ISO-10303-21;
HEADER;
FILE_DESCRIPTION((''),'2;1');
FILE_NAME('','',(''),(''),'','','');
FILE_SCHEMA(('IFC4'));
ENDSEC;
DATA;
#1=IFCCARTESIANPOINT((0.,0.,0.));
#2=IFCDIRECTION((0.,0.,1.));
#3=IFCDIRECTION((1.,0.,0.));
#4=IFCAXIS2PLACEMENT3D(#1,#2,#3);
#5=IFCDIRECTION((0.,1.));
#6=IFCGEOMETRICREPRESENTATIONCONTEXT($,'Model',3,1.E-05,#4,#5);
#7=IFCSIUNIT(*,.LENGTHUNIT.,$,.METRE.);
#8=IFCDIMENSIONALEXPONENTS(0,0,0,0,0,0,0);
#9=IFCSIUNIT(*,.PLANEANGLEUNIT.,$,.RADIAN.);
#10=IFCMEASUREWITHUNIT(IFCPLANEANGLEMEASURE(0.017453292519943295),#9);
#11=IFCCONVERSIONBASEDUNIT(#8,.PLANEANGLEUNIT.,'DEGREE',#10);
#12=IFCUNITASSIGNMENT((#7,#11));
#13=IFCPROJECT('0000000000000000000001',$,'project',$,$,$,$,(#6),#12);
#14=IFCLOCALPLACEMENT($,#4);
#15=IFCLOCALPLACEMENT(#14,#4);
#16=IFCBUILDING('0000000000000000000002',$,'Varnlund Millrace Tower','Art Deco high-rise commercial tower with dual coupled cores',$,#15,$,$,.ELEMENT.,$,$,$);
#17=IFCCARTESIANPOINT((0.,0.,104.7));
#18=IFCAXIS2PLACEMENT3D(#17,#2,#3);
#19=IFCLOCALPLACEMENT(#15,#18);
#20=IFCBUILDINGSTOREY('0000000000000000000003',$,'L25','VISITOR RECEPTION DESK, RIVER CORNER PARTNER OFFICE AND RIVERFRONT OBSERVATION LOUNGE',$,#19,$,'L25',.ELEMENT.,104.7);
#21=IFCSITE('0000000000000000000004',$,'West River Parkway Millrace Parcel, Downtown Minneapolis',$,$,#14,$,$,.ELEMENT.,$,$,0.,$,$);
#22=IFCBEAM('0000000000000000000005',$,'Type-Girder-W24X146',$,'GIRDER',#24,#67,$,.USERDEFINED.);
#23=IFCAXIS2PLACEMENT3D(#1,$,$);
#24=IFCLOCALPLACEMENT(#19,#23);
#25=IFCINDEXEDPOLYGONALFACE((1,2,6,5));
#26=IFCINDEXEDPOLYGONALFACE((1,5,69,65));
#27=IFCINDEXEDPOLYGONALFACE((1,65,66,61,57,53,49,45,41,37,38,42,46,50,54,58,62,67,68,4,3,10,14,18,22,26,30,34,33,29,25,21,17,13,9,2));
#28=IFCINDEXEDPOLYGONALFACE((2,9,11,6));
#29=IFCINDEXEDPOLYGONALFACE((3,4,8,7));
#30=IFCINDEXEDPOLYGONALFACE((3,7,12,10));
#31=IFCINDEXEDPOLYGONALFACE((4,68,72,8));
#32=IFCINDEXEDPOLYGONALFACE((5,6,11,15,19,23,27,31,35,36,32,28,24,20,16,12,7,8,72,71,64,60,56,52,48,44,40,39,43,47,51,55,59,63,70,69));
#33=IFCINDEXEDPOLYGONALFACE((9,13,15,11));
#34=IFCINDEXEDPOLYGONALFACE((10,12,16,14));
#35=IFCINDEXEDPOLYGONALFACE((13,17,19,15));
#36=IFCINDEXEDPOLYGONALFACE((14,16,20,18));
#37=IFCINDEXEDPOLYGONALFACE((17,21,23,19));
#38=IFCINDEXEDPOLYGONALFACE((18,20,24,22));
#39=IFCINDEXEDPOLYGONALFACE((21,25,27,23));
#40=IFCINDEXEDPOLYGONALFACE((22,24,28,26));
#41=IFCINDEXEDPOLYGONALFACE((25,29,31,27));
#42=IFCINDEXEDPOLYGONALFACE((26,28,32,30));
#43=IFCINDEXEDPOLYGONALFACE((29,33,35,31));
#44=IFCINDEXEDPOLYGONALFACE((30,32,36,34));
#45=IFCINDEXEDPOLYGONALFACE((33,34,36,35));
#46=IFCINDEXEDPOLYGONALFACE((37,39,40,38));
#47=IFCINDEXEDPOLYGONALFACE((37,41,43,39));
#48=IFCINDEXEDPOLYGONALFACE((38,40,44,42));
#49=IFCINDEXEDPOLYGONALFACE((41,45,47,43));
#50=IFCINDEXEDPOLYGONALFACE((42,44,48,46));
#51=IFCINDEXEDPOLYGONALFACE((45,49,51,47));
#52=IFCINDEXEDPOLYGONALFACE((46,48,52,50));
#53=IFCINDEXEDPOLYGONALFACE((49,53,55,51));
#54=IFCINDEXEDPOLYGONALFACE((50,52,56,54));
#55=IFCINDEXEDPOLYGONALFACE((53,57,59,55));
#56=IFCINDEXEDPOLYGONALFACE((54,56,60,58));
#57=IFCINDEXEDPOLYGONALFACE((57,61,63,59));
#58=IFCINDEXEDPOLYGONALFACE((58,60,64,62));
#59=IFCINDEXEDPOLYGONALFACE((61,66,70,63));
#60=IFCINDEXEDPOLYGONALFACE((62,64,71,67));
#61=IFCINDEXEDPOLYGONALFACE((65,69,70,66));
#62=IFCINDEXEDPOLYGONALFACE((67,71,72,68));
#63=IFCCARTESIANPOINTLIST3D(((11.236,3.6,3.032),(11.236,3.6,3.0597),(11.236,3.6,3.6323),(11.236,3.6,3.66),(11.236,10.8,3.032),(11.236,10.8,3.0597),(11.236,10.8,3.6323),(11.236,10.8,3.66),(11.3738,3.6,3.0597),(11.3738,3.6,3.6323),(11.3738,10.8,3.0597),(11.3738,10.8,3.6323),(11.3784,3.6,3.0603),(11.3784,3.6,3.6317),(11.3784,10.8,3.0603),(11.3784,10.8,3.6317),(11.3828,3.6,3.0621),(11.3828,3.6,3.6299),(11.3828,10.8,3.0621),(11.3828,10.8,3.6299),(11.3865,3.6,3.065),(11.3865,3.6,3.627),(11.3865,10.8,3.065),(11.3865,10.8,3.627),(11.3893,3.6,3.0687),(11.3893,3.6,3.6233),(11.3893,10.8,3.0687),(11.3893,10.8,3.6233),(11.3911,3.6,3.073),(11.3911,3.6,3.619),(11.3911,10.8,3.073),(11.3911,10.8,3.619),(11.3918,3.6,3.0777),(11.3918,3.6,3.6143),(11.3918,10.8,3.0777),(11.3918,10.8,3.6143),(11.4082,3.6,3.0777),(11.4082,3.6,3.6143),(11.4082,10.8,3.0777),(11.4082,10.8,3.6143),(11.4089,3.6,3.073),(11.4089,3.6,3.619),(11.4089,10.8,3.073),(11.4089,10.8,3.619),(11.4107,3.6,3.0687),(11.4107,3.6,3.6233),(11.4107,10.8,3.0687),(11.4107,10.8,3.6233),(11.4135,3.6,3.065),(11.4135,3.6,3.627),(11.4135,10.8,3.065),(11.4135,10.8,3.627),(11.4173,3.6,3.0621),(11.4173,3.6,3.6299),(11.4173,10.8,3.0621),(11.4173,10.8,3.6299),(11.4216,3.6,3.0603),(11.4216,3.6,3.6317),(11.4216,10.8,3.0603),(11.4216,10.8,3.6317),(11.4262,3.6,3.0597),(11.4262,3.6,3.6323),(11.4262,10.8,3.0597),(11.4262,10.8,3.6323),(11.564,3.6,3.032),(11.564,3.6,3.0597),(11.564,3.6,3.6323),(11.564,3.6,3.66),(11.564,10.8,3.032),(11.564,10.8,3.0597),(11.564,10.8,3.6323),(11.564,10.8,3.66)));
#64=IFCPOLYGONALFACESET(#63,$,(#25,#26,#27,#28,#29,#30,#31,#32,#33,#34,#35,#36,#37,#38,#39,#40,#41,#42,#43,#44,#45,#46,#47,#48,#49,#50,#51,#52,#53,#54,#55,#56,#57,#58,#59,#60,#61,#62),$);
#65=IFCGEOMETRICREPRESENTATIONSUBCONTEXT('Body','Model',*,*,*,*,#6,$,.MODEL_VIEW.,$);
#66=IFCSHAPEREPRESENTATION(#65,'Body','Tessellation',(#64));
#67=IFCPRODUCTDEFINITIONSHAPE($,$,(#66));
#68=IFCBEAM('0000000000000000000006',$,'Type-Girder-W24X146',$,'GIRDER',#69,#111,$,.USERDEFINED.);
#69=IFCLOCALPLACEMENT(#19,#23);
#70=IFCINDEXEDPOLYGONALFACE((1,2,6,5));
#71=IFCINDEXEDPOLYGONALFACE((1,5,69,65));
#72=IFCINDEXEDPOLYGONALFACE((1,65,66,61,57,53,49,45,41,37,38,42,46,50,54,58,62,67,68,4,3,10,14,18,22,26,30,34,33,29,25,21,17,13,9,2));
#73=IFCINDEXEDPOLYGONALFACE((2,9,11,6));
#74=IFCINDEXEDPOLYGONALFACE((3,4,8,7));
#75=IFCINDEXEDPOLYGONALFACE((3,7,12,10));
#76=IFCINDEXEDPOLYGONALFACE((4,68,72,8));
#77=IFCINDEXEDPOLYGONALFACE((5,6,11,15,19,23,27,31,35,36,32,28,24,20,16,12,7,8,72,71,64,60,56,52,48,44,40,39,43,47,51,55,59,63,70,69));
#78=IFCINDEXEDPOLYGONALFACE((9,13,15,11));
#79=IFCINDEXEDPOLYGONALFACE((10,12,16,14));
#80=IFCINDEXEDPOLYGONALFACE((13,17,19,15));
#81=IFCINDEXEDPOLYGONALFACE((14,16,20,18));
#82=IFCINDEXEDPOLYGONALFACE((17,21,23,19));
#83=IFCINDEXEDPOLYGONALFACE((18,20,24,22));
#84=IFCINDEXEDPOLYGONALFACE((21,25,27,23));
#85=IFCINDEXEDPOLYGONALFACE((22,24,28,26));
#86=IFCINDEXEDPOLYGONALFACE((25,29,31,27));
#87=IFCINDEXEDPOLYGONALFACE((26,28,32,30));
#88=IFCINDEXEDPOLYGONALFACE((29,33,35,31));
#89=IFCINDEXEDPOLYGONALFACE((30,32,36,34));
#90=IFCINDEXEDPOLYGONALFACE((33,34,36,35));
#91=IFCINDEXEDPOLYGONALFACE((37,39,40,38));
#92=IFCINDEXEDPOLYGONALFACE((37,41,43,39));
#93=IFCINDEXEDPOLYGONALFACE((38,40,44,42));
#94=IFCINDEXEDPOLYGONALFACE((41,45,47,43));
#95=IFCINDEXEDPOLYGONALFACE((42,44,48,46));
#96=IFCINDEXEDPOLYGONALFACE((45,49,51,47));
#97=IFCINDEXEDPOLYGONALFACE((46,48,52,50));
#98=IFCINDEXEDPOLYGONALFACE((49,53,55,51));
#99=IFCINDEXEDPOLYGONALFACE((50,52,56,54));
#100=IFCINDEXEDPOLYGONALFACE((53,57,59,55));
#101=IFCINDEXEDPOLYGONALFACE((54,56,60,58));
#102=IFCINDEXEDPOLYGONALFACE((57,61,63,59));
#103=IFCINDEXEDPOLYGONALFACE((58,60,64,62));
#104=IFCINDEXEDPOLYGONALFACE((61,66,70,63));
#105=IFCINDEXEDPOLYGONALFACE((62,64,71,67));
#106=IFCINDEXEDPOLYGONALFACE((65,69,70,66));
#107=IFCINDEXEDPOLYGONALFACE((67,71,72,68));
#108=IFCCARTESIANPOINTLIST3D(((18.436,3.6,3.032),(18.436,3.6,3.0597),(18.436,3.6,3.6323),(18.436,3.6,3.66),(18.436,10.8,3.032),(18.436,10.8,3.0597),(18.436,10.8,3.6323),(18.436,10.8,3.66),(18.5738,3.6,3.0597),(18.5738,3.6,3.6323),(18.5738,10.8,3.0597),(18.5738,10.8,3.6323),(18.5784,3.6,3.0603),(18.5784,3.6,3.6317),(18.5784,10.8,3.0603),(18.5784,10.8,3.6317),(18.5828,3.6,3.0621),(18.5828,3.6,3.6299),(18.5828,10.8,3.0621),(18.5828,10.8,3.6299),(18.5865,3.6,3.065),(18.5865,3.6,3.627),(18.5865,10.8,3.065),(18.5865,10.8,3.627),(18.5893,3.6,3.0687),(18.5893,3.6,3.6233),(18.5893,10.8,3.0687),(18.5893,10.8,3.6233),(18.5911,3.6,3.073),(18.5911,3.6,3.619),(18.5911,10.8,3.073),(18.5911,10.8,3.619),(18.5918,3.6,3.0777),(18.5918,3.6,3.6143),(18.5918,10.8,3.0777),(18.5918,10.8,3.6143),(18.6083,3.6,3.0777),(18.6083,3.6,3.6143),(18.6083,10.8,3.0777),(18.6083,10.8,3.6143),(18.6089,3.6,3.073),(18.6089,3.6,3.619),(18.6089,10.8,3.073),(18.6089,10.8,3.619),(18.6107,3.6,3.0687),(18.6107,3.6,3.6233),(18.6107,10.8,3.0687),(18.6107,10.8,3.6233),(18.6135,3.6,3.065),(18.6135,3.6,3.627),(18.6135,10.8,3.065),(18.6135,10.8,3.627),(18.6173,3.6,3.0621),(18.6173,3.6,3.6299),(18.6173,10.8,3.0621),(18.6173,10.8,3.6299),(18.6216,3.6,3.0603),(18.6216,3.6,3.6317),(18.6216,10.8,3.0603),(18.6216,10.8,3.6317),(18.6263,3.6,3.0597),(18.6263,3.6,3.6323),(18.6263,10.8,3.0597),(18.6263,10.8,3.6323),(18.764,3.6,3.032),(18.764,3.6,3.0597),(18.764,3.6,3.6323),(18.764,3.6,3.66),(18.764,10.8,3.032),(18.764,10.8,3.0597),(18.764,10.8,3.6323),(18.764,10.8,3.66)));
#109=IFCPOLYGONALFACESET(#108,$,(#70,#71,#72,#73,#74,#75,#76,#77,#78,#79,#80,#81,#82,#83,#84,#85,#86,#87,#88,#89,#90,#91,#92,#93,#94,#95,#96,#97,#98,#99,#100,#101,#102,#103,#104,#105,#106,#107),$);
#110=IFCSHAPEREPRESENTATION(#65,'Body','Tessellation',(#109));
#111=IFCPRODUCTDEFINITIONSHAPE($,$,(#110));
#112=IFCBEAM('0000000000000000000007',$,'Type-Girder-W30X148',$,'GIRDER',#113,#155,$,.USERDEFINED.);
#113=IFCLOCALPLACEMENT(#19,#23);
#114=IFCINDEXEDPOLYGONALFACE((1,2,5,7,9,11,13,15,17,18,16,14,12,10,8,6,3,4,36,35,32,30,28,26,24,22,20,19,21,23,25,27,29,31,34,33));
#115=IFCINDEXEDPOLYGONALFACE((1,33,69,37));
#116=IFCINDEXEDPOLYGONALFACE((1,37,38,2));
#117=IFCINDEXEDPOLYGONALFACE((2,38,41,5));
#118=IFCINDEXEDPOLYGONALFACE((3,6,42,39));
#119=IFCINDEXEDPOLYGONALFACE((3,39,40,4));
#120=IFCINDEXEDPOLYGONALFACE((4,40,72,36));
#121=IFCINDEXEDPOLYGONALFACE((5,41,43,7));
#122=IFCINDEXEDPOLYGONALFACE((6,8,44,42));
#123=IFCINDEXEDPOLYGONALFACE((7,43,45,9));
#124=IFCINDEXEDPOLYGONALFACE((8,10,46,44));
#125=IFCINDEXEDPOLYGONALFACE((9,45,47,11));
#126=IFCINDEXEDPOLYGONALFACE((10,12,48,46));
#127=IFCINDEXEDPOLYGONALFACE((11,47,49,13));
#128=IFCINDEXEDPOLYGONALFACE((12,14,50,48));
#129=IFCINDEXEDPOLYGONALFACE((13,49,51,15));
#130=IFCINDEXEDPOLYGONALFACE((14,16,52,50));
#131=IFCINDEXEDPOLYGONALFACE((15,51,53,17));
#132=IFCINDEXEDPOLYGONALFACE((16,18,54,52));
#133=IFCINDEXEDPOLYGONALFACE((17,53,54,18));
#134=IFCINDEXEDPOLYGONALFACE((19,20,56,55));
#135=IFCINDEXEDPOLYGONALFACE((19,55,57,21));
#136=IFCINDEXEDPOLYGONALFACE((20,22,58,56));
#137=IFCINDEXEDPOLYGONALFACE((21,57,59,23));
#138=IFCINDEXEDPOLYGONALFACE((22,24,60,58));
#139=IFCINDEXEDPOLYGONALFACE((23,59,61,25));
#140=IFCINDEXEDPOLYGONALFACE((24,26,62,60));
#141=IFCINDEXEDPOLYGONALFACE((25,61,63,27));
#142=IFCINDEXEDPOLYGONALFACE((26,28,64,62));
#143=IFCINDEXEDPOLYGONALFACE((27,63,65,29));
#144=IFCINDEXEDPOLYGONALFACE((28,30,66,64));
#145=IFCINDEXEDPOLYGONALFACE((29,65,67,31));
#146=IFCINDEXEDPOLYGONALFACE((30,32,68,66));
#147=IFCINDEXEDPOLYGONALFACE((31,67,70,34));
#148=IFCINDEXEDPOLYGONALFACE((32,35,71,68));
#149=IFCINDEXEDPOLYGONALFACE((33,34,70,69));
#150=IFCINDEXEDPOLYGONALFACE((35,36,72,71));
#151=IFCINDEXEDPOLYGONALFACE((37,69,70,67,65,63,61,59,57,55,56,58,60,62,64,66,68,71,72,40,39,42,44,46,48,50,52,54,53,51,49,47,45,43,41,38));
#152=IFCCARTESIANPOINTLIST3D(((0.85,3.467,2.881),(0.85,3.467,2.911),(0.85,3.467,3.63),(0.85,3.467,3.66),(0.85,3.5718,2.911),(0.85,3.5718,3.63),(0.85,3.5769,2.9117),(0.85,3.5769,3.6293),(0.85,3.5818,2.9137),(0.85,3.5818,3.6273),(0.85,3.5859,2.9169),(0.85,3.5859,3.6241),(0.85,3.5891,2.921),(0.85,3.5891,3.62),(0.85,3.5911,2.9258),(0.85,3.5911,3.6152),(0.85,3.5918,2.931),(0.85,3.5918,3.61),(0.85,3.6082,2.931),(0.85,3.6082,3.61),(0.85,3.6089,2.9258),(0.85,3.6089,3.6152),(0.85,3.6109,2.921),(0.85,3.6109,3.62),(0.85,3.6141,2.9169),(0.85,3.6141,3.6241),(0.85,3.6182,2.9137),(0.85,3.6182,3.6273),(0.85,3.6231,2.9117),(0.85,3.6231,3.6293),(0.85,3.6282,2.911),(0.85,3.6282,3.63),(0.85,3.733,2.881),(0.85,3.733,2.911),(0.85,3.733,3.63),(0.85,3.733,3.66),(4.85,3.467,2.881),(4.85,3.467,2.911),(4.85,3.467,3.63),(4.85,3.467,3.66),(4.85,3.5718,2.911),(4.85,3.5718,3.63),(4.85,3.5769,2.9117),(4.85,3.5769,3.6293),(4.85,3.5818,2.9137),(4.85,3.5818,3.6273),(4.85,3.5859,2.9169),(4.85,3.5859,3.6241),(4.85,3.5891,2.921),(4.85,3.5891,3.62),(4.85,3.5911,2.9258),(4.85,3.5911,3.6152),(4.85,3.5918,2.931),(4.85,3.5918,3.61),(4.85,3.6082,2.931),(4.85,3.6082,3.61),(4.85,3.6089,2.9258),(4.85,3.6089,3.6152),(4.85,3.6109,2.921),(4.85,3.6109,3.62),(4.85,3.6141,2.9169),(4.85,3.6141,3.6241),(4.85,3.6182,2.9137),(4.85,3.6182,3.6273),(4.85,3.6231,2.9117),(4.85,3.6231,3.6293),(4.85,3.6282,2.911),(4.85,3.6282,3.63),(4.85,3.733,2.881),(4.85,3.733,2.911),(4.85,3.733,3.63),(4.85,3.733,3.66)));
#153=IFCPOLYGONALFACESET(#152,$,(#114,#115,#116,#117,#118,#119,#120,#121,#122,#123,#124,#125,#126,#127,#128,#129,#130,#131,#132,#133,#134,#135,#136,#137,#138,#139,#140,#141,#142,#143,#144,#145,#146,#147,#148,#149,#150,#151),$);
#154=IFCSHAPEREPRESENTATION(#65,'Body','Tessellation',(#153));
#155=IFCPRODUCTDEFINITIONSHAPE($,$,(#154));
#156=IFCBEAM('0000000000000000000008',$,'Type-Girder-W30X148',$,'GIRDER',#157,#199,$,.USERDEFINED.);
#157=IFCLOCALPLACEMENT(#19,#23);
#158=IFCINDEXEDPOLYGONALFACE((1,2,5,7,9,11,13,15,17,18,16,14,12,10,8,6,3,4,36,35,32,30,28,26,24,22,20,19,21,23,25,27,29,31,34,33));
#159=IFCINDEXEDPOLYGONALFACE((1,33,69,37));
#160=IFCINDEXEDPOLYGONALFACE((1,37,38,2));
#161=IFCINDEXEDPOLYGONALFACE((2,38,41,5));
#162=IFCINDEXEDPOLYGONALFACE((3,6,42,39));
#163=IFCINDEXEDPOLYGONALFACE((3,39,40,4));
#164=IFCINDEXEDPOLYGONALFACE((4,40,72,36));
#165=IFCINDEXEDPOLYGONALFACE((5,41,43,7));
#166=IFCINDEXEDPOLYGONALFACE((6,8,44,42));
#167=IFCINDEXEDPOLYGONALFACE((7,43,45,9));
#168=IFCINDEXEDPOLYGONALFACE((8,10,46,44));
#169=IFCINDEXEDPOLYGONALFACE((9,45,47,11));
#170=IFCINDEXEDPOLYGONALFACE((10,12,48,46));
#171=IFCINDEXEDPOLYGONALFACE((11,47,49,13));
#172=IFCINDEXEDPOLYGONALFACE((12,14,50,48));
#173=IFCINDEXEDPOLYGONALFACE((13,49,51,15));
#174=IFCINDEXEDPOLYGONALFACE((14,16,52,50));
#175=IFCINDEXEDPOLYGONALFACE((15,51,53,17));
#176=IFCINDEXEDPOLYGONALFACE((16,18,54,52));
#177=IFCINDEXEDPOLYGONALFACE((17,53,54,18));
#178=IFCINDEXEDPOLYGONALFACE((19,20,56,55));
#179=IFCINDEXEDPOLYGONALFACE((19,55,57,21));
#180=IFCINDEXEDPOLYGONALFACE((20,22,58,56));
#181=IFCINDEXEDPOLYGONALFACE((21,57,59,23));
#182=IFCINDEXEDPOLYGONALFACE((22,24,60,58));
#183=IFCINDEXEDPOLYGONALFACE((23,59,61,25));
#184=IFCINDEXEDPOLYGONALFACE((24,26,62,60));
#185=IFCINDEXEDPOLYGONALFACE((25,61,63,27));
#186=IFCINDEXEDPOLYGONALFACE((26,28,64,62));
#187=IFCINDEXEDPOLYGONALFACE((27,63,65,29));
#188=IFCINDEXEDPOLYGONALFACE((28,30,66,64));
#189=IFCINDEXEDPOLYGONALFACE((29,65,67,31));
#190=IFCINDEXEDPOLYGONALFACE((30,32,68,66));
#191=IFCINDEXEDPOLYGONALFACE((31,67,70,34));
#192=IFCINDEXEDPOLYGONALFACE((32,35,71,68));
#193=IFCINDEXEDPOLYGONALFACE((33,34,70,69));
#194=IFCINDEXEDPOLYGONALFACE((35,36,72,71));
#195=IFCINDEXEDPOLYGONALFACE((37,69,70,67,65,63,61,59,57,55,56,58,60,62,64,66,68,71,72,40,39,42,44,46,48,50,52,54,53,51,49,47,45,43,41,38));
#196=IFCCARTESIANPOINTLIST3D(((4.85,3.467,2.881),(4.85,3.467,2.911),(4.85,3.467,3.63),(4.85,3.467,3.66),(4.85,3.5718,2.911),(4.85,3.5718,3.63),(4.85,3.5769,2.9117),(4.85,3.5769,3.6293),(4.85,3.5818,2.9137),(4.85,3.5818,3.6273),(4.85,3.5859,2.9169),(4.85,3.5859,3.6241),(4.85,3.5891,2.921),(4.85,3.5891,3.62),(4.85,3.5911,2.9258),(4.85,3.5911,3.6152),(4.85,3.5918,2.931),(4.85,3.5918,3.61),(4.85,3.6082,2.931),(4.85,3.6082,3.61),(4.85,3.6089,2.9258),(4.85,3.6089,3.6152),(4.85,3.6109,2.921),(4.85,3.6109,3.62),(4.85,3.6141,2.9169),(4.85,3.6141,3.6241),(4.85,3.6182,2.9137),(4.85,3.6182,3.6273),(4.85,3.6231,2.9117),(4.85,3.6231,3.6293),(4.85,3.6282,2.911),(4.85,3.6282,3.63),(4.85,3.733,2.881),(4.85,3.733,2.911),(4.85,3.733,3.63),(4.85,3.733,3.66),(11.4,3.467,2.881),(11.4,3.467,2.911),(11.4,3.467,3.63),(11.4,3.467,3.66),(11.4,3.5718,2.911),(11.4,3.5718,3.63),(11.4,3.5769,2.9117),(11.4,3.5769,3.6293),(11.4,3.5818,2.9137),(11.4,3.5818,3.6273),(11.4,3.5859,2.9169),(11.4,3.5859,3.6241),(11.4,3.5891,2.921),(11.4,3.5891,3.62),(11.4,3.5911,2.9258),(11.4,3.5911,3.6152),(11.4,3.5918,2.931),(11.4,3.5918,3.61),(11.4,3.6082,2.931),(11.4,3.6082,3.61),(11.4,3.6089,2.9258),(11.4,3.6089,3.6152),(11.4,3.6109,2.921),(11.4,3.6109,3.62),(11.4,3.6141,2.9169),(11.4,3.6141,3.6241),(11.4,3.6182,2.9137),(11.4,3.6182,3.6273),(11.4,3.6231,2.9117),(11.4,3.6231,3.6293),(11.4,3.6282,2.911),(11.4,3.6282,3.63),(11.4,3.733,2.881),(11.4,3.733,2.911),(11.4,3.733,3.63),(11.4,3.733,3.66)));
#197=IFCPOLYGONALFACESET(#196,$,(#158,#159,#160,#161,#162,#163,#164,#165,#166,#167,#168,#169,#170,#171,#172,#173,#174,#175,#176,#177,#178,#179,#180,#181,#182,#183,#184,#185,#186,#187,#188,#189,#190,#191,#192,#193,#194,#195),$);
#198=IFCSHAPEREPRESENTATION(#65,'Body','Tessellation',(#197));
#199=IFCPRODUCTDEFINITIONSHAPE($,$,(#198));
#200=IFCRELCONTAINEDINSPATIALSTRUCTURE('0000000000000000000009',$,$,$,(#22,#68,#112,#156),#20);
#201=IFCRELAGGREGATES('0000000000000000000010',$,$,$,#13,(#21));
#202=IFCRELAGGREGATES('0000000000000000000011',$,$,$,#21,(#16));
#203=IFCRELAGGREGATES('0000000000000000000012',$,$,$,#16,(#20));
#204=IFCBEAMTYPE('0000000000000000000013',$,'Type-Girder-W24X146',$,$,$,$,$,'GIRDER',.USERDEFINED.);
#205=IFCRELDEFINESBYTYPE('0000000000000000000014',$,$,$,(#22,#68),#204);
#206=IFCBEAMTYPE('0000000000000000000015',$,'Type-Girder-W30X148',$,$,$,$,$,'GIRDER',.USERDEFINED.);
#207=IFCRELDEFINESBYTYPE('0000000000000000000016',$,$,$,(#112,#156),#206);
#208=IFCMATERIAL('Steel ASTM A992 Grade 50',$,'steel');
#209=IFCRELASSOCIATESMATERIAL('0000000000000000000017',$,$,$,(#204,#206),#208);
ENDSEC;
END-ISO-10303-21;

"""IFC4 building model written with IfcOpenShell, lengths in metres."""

from ifc_helpers import new_model, entity, si_unit, converted_unit, direction, frame, origin_with_axes, origin_2d_with_axis, place, context, subcontext, project, spatial, i_section, extrude, material, material_profile, profile_set, type_object, element, save


model = new_model("IFC4")

# Units and contexts
model_context = context("Model", 3, precision=1e-05, world=origin_with_axes(), true_north=direction((0.0, 1.0)))
body_context = subcontext(model_context, "Body", "Model", "MODEL_VIEW")
ifc_project = project(units=[si_unit("LENGTHUNIT", "METRE"), converted_unit("PLANEANGLEUNIT", "DEGREE", entity("IfcPlaneAngleMeasure", 0.017453292519943295), si_unit("PLANEANGLEUNIT", "RADIAN"), dimensions=[0, 0, 0, 0, 0, 0, 0])], contexts=[model_context])

# Site, building, storey
site_placement = place(None, origin_with_axes())
site = spatial("IfcSite", under=ifc_project, at=site_placement, Name="West River Parkway Millrace Parcel, Downtown Minneapolis", CompositionType="ELEMENT", RefElevation=0.0)
building_placement = place(site_placement, origin_with_axes())
building = spatial("IfcBuilding", under=site, at=building_placement, Name="Varnlund Millrace Tower", Description="Art Deco high-rise commercial tower with dual coupled cores", CompositionType="ELEMENT")
storey_placement = place(building_placement, frame((0.0, 0.0, 104.7), z_axis=(0.0, 0.0, 1.0), x_axis=(1.0, 0.0, 0.0)))
storey = spatial("IfcBuildingStorey", under=building, at=storey_placement, Name="L25", Description="VISITOR RECEPTION DESK, RIVER CORNER PARTNER OFFICE AND RIVERFRONT OBSERVATION LOUNGE", LongName="L25", CompositionType="ELEMENT", Elevation=104.7)

# Beams
ifc_material_1 = material(Name="Steel ASTM A992 Grade 50", Category="steel")
ifc_material_profile_1 = material_profile(ifc_material_1, i_section(OverallWidth=0.328, OverallDepth=0.628, WebThickness=0.0165, FlangeThickness=0.0277, FilletRadius=0.018, at=origin_2d_with_axis()), Name="Steel ASTM A992 Grade 50")
ifc_profile_set_1 = profile_set([ifc_material_profile_1], Name="Steel ASTM A992 Grade 50")
beam_type_1 = type_object("IfcBeamType", Name="Type-Girder-W24X146", ElementType="GIRDER", PredefinedType="USERDEFINED", material=ifc_profile_set_1)
for number, where, z_axis, x_axis, name in (
    (1, (11.4, 3.6, 3.346), (0.0, 1.0, 0.0), (-1.0, 0.0, 0.0), "Type-Girder-W24X146"),
    (2, (18.6, 3.6, 3.346), (0.0, 1.0, 0.0), (-1.0, 0.0, 0.0), "Type-Girder-W24X146"),
):
    element("IfcBeam", number, at=place(storey_placement, frame(where, z_axis=z_axis, x_axis=x_axis)), inside=storey, type_object=beam_type_1, Name=name, ObjectType="GIRDER", PredefinedType="USERDEFINED", context=body_context, shape_type="SweptSolid", body=[
        extrude(i_section(OverallWidth=0.328, OverallDepth=0.628, WebThickness=0.0165, FlangeThickness=0.0277, FilletRadius=0.018, at=origin_2d_with_axis()), origin_with_axes(), (0.0, 0.0, 1.0), 7.2),
    ])
ifc_material_profile_2 = material_profile(ifc_material_1, i_section(OverallWidth=0.266, OverallDepth=0.779, WebThickness=0.0165, FlangeThickness=0.03, FilletRadius=0.02, at=origin_2d_with_axis()), Name="Steel ASTM A992 Grade 50")
ifc_profile_set_2 = profile_set([ifc_material_profile_2], Name="Steel ASTM A992 Grade 50")
beam_type_2 = type_object("IfcBeamType", Name="Type-Girder-W30X148", ElementType="GIRDER", PredefinedType="USERDEFINED", material=ifc_profile_set_2)
beam_1_placement = place(storey_placement, frame((0.85, 3.6, 3.2705), z_axis=(1.0, 0.0, 0.0), x_axis=(0.0, 1.0, 0.0)))
element("IfcBeam", 3, at=beam_1_placement, inside=storey, type_object=beam_type_2, Name="Type-Girder-W30X148", ObjectType="GIRDER", PredefinedType="USERDEFINED", context=body_context, shape_type="SweptSolid", body=[
    extrude(i_section(OverallWidth=0.266, OverallDepth=0.779, WebThickness=0.0165, FlangeThickness=0.03, FilletRadius=0.02, at=origin_2d_with_axis()), origin_with_axes(), (0.0, 0.0, 1.0), 4.0),
])
beam_2_placement = place(storey_placement, frame((4.85, 3.6, 3.2705), z_axis=(1.0, 0.0, 0.0), x_axis=(0.0, 1.0, 0.0)))
element("IfcBeam", 4, at=beam_2_placement, inside=storey, type_object=beam_type_2, Name="Type-Girder-W30X148", ObjectType="GIRDER", PredefinedType="USERDEFINED", context=body_context, shape_type="SweptSolid", body=[
    extrude(i_section(OverallWidth=0.266, OverallDepth=0.779, WebThickness=0.0165, FlangeThickness=0.03, FilletRadius=0.02, at=origin_2d_with_axis()), origin_with_axes(), (0.0, 0.0, 1.0), 6.55),
])

save(model, "model.ifc")
